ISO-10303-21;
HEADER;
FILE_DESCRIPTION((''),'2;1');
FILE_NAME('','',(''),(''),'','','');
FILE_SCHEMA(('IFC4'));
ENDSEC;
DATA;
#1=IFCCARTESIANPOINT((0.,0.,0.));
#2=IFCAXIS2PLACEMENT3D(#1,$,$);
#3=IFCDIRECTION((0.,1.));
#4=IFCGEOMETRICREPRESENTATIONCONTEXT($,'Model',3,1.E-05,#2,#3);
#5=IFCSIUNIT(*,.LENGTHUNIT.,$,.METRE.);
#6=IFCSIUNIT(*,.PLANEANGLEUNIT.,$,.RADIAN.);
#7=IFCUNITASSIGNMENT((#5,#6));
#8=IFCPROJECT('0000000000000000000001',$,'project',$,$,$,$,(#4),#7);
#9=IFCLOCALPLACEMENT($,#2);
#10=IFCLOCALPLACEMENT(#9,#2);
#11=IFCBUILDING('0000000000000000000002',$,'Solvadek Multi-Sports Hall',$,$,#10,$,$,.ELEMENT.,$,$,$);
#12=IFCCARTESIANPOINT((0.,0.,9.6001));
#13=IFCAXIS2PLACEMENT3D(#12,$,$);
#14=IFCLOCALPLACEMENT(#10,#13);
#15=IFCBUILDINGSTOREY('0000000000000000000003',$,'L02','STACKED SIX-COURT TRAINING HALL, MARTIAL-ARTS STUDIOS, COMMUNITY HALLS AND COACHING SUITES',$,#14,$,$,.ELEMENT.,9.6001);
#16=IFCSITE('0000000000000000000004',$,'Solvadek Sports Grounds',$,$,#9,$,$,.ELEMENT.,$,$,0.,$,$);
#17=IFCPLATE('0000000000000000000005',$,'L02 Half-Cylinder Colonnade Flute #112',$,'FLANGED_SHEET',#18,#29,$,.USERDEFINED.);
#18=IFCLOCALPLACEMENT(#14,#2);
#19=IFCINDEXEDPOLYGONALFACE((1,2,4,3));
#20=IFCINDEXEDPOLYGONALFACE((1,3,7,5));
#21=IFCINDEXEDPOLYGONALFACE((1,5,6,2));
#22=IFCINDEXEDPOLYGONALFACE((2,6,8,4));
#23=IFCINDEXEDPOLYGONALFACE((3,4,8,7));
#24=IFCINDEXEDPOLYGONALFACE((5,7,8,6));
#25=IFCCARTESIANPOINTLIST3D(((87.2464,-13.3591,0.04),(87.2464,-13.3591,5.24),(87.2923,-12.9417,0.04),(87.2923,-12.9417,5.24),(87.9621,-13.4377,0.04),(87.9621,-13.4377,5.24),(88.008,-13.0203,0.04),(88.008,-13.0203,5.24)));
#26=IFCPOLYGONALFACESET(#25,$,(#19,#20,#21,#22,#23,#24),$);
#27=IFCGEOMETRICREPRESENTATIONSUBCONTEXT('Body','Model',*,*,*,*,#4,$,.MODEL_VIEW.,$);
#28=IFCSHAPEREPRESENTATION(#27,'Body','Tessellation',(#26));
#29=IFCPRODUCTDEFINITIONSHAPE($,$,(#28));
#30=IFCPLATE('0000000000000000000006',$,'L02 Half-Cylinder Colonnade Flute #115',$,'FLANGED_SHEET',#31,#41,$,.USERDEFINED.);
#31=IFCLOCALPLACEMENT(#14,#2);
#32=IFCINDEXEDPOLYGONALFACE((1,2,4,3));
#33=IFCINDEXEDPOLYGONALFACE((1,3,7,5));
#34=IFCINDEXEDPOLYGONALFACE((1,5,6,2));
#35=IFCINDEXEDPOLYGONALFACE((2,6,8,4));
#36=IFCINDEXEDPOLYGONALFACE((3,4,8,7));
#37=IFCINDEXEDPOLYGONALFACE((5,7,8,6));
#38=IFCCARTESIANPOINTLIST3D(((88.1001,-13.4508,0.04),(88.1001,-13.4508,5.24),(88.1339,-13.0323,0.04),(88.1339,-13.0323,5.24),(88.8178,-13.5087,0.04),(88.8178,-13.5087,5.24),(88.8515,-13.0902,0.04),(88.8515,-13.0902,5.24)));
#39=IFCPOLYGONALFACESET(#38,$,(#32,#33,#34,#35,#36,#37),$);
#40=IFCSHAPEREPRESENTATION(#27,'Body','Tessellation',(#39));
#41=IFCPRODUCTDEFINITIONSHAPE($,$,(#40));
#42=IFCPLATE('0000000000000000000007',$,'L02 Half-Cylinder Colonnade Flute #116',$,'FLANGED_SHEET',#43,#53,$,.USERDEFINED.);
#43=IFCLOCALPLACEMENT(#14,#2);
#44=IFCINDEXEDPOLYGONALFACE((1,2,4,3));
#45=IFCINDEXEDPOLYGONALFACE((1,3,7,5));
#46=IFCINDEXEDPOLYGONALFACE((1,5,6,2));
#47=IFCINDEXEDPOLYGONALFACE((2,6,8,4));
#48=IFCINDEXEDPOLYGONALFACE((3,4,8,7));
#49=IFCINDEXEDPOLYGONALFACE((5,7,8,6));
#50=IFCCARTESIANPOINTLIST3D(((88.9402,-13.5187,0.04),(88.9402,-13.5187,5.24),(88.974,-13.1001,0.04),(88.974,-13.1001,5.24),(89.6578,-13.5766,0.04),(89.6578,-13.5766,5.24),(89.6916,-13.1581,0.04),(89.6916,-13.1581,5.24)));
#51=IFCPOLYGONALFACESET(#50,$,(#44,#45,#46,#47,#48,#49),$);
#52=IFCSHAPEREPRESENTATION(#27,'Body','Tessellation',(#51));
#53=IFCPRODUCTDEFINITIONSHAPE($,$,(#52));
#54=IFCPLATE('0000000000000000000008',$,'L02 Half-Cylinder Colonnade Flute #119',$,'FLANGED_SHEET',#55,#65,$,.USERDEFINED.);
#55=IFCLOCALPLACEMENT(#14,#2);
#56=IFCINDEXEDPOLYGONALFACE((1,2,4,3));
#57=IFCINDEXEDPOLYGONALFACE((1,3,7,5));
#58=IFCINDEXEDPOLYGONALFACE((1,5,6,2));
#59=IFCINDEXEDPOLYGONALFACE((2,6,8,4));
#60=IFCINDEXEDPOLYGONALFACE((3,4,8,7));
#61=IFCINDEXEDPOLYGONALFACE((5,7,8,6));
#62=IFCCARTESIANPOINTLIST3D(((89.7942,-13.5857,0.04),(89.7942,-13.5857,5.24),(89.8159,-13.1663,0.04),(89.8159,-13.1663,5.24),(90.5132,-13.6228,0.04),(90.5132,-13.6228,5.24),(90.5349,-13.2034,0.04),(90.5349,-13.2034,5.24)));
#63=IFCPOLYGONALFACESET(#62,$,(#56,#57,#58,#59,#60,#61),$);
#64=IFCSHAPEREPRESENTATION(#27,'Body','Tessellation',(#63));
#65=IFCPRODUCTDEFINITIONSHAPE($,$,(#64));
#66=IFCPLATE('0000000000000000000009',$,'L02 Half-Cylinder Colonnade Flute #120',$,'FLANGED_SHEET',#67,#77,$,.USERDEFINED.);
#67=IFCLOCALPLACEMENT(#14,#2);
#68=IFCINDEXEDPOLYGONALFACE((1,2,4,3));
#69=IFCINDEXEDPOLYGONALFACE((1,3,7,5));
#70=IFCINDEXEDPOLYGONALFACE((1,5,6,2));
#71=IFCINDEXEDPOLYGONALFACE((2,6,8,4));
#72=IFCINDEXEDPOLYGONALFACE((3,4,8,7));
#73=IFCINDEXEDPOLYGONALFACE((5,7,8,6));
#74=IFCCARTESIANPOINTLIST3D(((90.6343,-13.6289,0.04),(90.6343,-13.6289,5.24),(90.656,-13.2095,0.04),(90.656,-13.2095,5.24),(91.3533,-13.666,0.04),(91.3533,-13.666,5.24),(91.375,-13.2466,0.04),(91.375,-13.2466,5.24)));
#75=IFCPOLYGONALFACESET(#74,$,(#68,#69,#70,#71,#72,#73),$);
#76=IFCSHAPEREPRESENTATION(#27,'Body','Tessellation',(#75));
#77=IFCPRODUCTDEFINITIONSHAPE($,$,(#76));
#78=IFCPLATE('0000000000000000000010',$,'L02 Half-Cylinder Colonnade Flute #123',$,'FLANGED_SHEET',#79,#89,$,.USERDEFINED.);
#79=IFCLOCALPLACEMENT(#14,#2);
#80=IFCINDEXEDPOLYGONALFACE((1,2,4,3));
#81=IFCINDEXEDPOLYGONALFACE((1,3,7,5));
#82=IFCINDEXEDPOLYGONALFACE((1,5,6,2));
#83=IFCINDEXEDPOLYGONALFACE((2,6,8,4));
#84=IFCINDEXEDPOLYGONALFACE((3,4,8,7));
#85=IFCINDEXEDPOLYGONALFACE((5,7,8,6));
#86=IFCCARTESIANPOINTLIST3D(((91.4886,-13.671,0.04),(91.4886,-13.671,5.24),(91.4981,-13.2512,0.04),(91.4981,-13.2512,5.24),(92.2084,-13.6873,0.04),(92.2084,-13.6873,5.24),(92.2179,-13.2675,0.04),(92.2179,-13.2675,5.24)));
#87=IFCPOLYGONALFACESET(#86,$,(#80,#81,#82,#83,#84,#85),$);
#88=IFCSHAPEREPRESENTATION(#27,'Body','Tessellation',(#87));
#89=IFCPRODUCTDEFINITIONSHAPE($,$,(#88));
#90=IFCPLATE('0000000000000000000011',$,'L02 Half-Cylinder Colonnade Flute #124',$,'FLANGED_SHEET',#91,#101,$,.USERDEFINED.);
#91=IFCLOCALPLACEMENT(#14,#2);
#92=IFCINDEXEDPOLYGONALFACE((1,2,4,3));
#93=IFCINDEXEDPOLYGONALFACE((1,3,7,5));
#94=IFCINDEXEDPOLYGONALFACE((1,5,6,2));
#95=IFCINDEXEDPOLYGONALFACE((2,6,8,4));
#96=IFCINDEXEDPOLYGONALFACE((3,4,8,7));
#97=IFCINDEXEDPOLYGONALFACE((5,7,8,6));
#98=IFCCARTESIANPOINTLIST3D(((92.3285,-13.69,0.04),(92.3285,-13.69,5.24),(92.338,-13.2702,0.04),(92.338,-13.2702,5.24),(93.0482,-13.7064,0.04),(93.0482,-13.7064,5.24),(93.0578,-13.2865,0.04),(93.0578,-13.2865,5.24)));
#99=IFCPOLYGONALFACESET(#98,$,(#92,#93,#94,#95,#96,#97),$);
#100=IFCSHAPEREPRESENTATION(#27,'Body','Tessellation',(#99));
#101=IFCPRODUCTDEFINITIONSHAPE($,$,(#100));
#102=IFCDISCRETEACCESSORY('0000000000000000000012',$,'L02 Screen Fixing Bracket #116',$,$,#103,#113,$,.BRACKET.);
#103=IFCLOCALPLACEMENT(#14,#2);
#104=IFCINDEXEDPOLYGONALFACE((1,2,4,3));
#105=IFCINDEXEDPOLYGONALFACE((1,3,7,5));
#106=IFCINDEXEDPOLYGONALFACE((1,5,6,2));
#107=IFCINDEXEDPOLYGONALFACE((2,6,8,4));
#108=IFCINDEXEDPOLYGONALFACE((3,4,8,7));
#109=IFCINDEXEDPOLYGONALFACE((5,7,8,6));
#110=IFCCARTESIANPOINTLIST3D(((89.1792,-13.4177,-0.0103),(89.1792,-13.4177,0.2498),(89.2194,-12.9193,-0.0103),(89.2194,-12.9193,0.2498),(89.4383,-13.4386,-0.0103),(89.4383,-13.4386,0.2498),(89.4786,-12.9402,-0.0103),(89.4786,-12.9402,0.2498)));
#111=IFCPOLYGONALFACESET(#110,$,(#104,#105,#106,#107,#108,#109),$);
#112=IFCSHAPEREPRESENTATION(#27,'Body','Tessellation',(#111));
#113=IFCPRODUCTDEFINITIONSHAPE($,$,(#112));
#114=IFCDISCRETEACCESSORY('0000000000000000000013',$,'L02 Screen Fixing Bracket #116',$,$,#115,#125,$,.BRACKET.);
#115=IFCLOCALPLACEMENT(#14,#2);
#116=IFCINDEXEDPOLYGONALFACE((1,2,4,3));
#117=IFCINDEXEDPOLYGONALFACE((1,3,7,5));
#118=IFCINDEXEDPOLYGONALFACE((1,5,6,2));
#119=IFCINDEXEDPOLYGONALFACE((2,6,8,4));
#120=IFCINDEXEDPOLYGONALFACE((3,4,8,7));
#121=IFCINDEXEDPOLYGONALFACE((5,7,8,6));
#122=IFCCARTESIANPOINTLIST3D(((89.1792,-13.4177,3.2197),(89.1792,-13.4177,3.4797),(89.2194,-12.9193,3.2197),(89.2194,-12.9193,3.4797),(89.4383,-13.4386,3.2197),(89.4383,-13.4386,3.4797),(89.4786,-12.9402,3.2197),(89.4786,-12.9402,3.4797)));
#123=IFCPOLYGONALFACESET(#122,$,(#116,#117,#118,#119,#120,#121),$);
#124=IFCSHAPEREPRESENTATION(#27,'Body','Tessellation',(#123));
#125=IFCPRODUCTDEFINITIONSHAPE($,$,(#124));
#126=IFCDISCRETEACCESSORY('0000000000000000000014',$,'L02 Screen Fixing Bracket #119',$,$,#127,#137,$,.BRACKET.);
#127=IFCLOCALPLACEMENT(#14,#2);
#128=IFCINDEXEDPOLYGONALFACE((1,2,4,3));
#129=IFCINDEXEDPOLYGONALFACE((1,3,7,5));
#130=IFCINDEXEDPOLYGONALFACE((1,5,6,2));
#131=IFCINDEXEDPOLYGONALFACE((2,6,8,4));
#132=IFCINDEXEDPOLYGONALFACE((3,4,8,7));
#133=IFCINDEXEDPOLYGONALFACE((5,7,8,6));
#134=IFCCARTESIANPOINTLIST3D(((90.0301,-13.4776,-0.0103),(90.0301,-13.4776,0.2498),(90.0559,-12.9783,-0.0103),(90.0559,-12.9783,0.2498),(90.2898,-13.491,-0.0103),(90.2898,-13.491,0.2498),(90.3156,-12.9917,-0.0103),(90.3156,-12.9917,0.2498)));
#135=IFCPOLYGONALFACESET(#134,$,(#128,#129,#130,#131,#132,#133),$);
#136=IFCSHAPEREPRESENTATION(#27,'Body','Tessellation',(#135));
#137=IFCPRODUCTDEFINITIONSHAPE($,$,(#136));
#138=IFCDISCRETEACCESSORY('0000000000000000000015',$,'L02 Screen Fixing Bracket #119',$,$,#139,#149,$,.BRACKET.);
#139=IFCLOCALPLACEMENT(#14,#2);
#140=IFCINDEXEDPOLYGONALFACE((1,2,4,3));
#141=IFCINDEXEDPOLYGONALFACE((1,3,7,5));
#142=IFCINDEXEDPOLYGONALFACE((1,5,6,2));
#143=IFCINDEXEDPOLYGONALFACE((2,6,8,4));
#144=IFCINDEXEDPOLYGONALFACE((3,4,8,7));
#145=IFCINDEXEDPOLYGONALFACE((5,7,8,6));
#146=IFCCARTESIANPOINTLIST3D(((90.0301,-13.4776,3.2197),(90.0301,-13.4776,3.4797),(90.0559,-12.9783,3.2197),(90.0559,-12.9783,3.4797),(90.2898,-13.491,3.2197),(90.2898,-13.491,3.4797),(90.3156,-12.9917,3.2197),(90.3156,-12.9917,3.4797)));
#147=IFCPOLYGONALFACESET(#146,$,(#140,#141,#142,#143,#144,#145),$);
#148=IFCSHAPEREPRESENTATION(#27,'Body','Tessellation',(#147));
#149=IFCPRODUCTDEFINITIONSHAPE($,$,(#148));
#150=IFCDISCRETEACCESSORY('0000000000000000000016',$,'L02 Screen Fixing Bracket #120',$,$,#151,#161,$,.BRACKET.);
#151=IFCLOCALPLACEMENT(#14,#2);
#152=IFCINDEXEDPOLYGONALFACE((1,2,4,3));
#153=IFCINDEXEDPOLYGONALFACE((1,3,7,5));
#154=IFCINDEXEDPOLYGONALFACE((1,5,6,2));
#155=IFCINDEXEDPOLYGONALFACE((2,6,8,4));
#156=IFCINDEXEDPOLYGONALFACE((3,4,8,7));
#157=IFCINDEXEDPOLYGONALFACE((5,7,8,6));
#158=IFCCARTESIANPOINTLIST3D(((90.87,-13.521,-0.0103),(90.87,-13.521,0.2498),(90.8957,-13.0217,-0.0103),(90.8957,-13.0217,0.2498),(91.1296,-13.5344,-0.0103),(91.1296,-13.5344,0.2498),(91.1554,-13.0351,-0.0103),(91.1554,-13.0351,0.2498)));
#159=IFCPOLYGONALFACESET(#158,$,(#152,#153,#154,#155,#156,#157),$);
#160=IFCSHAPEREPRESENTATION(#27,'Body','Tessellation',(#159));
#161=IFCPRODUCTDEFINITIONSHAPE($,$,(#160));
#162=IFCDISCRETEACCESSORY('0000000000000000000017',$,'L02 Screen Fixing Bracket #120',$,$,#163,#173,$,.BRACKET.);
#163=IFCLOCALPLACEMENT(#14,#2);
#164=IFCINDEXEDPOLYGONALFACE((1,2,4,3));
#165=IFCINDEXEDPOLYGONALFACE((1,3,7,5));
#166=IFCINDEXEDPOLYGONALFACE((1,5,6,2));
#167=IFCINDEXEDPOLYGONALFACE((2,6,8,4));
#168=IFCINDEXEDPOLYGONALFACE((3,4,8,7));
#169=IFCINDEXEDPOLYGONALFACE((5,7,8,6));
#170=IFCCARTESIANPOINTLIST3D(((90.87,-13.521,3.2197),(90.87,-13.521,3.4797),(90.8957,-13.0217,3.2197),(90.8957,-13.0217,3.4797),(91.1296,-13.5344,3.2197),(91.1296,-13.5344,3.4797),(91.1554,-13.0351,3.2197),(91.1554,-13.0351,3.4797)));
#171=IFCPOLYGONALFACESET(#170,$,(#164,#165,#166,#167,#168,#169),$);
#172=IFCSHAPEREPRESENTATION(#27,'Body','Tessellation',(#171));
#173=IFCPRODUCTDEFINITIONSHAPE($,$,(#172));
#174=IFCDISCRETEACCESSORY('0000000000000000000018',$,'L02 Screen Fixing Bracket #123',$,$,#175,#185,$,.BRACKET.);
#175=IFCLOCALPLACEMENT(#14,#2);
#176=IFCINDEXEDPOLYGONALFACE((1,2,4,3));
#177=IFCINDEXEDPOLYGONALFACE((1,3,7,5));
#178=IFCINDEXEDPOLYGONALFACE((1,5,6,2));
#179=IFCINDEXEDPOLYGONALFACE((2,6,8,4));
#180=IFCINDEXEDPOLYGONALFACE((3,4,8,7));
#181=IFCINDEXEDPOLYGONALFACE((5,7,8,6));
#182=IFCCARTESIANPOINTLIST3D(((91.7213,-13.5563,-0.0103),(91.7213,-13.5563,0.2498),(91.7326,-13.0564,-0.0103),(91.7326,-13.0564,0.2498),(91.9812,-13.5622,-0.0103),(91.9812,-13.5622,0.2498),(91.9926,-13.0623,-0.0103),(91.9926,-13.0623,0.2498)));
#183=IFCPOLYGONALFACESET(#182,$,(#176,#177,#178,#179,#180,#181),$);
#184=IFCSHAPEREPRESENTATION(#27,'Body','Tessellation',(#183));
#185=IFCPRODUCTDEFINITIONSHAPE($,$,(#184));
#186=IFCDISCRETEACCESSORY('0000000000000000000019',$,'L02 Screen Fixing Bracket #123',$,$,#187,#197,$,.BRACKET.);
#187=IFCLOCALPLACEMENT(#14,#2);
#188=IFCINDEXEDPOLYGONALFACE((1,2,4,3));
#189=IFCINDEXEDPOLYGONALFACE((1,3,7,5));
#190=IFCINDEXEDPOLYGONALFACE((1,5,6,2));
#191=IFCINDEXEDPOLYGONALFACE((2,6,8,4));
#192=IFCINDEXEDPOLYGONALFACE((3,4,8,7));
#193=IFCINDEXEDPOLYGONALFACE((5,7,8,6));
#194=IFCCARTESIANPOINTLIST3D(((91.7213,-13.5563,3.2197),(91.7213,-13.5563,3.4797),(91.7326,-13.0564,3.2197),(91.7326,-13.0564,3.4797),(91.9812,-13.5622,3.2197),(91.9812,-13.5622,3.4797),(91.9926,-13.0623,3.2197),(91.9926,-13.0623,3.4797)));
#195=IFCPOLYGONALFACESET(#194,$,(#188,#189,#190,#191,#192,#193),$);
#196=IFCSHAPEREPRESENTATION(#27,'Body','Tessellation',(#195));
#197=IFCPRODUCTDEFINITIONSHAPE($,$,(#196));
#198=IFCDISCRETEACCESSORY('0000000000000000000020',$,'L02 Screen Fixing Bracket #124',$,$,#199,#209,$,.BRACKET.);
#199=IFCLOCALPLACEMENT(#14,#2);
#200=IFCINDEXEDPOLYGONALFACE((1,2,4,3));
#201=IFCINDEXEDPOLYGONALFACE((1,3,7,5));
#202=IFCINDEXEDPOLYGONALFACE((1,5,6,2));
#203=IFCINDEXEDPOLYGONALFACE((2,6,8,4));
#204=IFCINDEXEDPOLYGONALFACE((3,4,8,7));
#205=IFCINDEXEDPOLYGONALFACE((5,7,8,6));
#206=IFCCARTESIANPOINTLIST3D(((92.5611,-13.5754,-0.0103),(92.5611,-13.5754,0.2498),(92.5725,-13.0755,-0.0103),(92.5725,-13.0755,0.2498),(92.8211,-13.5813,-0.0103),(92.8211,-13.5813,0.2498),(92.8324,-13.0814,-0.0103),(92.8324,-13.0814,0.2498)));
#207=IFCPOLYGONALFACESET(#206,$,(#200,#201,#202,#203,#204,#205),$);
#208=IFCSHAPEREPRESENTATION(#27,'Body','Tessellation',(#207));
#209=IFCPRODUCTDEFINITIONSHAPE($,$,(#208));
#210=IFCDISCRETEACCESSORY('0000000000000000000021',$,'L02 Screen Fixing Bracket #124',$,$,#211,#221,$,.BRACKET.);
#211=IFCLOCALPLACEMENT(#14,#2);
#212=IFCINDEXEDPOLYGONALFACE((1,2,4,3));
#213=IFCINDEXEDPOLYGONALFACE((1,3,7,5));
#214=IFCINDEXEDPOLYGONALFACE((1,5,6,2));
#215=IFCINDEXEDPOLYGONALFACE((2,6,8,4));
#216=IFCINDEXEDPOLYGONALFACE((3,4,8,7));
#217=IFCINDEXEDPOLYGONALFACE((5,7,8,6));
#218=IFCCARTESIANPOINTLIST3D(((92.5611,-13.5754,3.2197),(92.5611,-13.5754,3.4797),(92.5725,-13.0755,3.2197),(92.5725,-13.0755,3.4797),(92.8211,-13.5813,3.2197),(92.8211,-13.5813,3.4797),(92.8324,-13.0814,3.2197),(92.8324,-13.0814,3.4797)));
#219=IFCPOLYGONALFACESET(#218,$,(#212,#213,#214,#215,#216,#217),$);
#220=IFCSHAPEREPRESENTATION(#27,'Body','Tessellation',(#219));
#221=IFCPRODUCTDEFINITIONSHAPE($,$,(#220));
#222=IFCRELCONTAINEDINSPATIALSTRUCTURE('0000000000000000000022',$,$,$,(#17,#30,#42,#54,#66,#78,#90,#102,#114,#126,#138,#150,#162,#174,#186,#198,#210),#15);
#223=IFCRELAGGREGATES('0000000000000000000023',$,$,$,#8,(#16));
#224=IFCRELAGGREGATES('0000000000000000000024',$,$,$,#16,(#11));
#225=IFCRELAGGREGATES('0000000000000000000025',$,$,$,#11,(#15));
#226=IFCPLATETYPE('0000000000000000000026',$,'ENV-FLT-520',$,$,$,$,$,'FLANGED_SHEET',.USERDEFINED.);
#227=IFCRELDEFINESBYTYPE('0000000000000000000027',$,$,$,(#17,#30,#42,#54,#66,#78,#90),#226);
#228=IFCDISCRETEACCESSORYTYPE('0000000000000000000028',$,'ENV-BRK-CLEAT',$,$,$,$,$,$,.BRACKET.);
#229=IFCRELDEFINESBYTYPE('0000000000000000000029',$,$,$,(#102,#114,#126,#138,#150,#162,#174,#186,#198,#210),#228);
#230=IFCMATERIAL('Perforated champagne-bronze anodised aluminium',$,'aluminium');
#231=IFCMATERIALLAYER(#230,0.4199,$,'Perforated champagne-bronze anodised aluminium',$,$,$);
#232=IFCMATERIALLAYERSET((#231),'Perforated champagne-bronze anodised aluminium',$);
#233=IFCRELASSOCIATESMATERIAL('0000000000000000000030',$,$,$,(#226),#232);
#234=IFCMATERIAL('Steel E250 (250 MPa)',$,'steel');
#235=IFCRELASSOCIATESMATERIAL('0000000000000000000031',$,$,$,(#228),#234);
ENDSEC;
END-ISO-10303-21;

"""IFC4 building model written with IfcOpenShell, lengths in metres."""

from ifc_helpers import new_model, si_unit, direction, frame, origin, origin_2d, place, context, subcontext, project, spatial, rectangle, extrude, material, layer, layer_set, type_object, element, save


model = new_model("IFC4")

# Units and contexts
model_context = context("Model", 3, precision=1e-05, world=origin(), true_north=direction((0.0, 1.0)))
body_context = subcontext(model_context, "Body", "Model", "MODEL_VIEW")
ifc_project = project(units=[si_unit("LENGTHUNIT", "METRE"), si_unit("PLANEANGLEUNIT", "RADIAN")], contexts=[model_context])

# Site, building, storey
site_placement = place(None, origin())
site = spatial("IfcSite", under=ifc_project, at=site_placement, Name="Solvadek Sports Grounds", CompositionType="ELEMENT", RefElevation=0.0)
building_placement = place(site_placement, origin())
building = spatial("IfcBuilding", under=site, at=building_placement, Name="Solvadek Multi-Sports Hall", CompositionType="ELEMENT")
storey_placement = place(building_placement, frame((0.0, 0.0, 9.6001)))
storey = spatial("IfcBuildingStorey", under=building, at=storey_placement, Name="L02", Description="STACKED SIX-COURT TRAINING HALL, MARTIAL-ARTS STUDIOS, COMMUNITY HALLS AND COACHING SUITES", CompositionType="ELEMENT", Elevation=9.6001)

# Plates
ifc_material_1 = material(Name="Perforated champagne-bronze anodised aluminium", Category="aluminium")
ifc_layer_1 = layer(ifc_material_1, 0.4199, Name="Perforated champagne-bronze anodised aluminium")
ifc_layer_set_1 = layer_set([ifc_layer_1], Name="Perforated champagne-bronze anodised aluminium")
plate_type_1 = type_object("IfcPlateType", Name="ENV-FLT-520", ElementType="FLANGED_SHEET", PredefinedType="USERDEFINED", material=ifc_layer_set_1)
for number, where, z_axis, x_axis, name in (
    (1, (87.6272, -13.1897, 0.04), (0.0, 0.0, 1.0), (0.994011, -0.109282, 0.0), "L02 Half-Cylinder Colonnade Flute #112"),
    (2, (88.4758, -13.2705, 0.04), (0.0, 0.0, 1.0), (0.996758, -0.080453, 0.0), "L02 Half-Cylinder Colonnade Flute #115"),
    (3, (89.3159, -13.3384, 0.04), (0.0, 0.0, 1.0), (0.996758, -0.080453, 0.0), "L02 Half-Cylinder Colonnade Flute #116"),
    (4, (90.1646, -13.3945, 0.04), (0.0, 0.0, 1.0), (0.998671, -0.051539, 0.0), "L02 Half-Cylinder Colonnade Flute #119"),
    (5, (91.0046, -13.4377, 0.04), (0.0, 0.0, 1.0), (0.998671, -0.051539, 0.0), "L02 Half-Cylinder Colonnade Flute #120"),
    (6, (91.8533, -13.4692, 0.04), (0.0, 0.0, 1.0), (0.999743, -0.022673, 0.0), "L02 Half-Cylinder Colonnade Flute #123"),
    (7, (92.6931, -13.4883, 0.04), (0.0, 0.0, 1.0), (0.999743, -0.022673, 0.0), "L02 Half-Cylinder Colonnade Flute #124"),
):
    element("IfcPlate", number, at=place(storey_placement, frame(where, z_axis=z_axis, x_axis=x_axis)), inside=storey, type_object=plate_type_1, Name=name, ObjectType="FLANGED_SHEET", PredefinedType="USERDEFINED", context=body_context, shape_type="SweptSolid", body=[
        extrude(rectangle(XDim=0.72, YDim=0.4199, at=origin_2d()), origin(), (0.0, 0.0, 1.0), 5.2),
    ])

# Discrete accessories
ifc_material_2 = material(Name="Steel E250 (250 MPa)", Category="steel")
discrete_accessory_type = type_object("IfcDiscreteAccessoryType", Name="ENV-BRK-CLEAT", PredefinedType="BRACKET", material=ifc_material_2)
for number, where, z_axis, x_axis, name in (
    (8, (89.3289, -13.179, -0.0103), (0.0, 0.0, 1.0), (0.996758, -0.080453, 0.0), "L02 Screen Fixing Bracket #116"),
    (9, (89.3289, -13.179, 3.2197), (0.0, 0.0, 1.0), (0.996758, -0.080453, 0.0), "L02 Screen Fixing Bracket #116"),
    (10, (90.1729, -13.2346, -0.0103), (0.0, 0.0, 1.0), (0.998671, -0.051539, 0.0), "L02 Screen Fixing Bracket #119"),
    (11, (90.1729, -13.2346, 3.2197), (0.0, 0.0, 1.0), (0.998671, -0.051539, 0.0), "L02 Screen Fixing Bracket #119"),
    (12, (91.0127, -13.2781, -0.0103), (0.0, 0.0, 1.0), (0.998671, -0.051539, 0.0), "L02 Screen Fixing Bracket #120"),
    (13, (91.0127, -13.2781, 3.2197), (0.0, 0.0, 1.0), (0.998671, -0.051539, 0.0), "L02 Screen Fixing Bracket #120"),
    (14, (91.8569, -13.3093, -0.0103), (0.0, 0.0, 1.0), (0.999743, -0.022673, 0.0), "L02 Screen Fixing Bracket #123"),
    (15, (91.8569, -13.3093, 3.2197), (0.0, 0.0, 1.0), (0.999743, -0.022673, 0.0), "L02 Screen Fixing Bracket #123"),
    (16, (92.6968, -13.3284, -0.0103), (0.0, 0.0, 1.0), (0.999743, -0.022673, 0.0), "L02 Screen Fixing Bracket #124"),
    (17, (92.6968, -13.3284, 3.2197), (0.0, 0.0, 1.0), (0.999743, -0.022673, 0.0), "L02 Screen Fixing Bracket #124"),
):
    element("IfcDiscreteAccessory", number, at=place(storey_placement, frame(where, z_axis=z_axis, x_axis=x_axis)), inside=storey, type_object=discrete_accessory_type, Name=name, PredefinedType="BRACKET", context=body_context, shape_type="SweptSolid", body=[
        extrude(rectangle(XDim=0.26, YDim=0.5, at=origin_2d()), origin(), (0.0, 0.0, 1.0), 0.26),
    ])

save(model, "model.ifc")
